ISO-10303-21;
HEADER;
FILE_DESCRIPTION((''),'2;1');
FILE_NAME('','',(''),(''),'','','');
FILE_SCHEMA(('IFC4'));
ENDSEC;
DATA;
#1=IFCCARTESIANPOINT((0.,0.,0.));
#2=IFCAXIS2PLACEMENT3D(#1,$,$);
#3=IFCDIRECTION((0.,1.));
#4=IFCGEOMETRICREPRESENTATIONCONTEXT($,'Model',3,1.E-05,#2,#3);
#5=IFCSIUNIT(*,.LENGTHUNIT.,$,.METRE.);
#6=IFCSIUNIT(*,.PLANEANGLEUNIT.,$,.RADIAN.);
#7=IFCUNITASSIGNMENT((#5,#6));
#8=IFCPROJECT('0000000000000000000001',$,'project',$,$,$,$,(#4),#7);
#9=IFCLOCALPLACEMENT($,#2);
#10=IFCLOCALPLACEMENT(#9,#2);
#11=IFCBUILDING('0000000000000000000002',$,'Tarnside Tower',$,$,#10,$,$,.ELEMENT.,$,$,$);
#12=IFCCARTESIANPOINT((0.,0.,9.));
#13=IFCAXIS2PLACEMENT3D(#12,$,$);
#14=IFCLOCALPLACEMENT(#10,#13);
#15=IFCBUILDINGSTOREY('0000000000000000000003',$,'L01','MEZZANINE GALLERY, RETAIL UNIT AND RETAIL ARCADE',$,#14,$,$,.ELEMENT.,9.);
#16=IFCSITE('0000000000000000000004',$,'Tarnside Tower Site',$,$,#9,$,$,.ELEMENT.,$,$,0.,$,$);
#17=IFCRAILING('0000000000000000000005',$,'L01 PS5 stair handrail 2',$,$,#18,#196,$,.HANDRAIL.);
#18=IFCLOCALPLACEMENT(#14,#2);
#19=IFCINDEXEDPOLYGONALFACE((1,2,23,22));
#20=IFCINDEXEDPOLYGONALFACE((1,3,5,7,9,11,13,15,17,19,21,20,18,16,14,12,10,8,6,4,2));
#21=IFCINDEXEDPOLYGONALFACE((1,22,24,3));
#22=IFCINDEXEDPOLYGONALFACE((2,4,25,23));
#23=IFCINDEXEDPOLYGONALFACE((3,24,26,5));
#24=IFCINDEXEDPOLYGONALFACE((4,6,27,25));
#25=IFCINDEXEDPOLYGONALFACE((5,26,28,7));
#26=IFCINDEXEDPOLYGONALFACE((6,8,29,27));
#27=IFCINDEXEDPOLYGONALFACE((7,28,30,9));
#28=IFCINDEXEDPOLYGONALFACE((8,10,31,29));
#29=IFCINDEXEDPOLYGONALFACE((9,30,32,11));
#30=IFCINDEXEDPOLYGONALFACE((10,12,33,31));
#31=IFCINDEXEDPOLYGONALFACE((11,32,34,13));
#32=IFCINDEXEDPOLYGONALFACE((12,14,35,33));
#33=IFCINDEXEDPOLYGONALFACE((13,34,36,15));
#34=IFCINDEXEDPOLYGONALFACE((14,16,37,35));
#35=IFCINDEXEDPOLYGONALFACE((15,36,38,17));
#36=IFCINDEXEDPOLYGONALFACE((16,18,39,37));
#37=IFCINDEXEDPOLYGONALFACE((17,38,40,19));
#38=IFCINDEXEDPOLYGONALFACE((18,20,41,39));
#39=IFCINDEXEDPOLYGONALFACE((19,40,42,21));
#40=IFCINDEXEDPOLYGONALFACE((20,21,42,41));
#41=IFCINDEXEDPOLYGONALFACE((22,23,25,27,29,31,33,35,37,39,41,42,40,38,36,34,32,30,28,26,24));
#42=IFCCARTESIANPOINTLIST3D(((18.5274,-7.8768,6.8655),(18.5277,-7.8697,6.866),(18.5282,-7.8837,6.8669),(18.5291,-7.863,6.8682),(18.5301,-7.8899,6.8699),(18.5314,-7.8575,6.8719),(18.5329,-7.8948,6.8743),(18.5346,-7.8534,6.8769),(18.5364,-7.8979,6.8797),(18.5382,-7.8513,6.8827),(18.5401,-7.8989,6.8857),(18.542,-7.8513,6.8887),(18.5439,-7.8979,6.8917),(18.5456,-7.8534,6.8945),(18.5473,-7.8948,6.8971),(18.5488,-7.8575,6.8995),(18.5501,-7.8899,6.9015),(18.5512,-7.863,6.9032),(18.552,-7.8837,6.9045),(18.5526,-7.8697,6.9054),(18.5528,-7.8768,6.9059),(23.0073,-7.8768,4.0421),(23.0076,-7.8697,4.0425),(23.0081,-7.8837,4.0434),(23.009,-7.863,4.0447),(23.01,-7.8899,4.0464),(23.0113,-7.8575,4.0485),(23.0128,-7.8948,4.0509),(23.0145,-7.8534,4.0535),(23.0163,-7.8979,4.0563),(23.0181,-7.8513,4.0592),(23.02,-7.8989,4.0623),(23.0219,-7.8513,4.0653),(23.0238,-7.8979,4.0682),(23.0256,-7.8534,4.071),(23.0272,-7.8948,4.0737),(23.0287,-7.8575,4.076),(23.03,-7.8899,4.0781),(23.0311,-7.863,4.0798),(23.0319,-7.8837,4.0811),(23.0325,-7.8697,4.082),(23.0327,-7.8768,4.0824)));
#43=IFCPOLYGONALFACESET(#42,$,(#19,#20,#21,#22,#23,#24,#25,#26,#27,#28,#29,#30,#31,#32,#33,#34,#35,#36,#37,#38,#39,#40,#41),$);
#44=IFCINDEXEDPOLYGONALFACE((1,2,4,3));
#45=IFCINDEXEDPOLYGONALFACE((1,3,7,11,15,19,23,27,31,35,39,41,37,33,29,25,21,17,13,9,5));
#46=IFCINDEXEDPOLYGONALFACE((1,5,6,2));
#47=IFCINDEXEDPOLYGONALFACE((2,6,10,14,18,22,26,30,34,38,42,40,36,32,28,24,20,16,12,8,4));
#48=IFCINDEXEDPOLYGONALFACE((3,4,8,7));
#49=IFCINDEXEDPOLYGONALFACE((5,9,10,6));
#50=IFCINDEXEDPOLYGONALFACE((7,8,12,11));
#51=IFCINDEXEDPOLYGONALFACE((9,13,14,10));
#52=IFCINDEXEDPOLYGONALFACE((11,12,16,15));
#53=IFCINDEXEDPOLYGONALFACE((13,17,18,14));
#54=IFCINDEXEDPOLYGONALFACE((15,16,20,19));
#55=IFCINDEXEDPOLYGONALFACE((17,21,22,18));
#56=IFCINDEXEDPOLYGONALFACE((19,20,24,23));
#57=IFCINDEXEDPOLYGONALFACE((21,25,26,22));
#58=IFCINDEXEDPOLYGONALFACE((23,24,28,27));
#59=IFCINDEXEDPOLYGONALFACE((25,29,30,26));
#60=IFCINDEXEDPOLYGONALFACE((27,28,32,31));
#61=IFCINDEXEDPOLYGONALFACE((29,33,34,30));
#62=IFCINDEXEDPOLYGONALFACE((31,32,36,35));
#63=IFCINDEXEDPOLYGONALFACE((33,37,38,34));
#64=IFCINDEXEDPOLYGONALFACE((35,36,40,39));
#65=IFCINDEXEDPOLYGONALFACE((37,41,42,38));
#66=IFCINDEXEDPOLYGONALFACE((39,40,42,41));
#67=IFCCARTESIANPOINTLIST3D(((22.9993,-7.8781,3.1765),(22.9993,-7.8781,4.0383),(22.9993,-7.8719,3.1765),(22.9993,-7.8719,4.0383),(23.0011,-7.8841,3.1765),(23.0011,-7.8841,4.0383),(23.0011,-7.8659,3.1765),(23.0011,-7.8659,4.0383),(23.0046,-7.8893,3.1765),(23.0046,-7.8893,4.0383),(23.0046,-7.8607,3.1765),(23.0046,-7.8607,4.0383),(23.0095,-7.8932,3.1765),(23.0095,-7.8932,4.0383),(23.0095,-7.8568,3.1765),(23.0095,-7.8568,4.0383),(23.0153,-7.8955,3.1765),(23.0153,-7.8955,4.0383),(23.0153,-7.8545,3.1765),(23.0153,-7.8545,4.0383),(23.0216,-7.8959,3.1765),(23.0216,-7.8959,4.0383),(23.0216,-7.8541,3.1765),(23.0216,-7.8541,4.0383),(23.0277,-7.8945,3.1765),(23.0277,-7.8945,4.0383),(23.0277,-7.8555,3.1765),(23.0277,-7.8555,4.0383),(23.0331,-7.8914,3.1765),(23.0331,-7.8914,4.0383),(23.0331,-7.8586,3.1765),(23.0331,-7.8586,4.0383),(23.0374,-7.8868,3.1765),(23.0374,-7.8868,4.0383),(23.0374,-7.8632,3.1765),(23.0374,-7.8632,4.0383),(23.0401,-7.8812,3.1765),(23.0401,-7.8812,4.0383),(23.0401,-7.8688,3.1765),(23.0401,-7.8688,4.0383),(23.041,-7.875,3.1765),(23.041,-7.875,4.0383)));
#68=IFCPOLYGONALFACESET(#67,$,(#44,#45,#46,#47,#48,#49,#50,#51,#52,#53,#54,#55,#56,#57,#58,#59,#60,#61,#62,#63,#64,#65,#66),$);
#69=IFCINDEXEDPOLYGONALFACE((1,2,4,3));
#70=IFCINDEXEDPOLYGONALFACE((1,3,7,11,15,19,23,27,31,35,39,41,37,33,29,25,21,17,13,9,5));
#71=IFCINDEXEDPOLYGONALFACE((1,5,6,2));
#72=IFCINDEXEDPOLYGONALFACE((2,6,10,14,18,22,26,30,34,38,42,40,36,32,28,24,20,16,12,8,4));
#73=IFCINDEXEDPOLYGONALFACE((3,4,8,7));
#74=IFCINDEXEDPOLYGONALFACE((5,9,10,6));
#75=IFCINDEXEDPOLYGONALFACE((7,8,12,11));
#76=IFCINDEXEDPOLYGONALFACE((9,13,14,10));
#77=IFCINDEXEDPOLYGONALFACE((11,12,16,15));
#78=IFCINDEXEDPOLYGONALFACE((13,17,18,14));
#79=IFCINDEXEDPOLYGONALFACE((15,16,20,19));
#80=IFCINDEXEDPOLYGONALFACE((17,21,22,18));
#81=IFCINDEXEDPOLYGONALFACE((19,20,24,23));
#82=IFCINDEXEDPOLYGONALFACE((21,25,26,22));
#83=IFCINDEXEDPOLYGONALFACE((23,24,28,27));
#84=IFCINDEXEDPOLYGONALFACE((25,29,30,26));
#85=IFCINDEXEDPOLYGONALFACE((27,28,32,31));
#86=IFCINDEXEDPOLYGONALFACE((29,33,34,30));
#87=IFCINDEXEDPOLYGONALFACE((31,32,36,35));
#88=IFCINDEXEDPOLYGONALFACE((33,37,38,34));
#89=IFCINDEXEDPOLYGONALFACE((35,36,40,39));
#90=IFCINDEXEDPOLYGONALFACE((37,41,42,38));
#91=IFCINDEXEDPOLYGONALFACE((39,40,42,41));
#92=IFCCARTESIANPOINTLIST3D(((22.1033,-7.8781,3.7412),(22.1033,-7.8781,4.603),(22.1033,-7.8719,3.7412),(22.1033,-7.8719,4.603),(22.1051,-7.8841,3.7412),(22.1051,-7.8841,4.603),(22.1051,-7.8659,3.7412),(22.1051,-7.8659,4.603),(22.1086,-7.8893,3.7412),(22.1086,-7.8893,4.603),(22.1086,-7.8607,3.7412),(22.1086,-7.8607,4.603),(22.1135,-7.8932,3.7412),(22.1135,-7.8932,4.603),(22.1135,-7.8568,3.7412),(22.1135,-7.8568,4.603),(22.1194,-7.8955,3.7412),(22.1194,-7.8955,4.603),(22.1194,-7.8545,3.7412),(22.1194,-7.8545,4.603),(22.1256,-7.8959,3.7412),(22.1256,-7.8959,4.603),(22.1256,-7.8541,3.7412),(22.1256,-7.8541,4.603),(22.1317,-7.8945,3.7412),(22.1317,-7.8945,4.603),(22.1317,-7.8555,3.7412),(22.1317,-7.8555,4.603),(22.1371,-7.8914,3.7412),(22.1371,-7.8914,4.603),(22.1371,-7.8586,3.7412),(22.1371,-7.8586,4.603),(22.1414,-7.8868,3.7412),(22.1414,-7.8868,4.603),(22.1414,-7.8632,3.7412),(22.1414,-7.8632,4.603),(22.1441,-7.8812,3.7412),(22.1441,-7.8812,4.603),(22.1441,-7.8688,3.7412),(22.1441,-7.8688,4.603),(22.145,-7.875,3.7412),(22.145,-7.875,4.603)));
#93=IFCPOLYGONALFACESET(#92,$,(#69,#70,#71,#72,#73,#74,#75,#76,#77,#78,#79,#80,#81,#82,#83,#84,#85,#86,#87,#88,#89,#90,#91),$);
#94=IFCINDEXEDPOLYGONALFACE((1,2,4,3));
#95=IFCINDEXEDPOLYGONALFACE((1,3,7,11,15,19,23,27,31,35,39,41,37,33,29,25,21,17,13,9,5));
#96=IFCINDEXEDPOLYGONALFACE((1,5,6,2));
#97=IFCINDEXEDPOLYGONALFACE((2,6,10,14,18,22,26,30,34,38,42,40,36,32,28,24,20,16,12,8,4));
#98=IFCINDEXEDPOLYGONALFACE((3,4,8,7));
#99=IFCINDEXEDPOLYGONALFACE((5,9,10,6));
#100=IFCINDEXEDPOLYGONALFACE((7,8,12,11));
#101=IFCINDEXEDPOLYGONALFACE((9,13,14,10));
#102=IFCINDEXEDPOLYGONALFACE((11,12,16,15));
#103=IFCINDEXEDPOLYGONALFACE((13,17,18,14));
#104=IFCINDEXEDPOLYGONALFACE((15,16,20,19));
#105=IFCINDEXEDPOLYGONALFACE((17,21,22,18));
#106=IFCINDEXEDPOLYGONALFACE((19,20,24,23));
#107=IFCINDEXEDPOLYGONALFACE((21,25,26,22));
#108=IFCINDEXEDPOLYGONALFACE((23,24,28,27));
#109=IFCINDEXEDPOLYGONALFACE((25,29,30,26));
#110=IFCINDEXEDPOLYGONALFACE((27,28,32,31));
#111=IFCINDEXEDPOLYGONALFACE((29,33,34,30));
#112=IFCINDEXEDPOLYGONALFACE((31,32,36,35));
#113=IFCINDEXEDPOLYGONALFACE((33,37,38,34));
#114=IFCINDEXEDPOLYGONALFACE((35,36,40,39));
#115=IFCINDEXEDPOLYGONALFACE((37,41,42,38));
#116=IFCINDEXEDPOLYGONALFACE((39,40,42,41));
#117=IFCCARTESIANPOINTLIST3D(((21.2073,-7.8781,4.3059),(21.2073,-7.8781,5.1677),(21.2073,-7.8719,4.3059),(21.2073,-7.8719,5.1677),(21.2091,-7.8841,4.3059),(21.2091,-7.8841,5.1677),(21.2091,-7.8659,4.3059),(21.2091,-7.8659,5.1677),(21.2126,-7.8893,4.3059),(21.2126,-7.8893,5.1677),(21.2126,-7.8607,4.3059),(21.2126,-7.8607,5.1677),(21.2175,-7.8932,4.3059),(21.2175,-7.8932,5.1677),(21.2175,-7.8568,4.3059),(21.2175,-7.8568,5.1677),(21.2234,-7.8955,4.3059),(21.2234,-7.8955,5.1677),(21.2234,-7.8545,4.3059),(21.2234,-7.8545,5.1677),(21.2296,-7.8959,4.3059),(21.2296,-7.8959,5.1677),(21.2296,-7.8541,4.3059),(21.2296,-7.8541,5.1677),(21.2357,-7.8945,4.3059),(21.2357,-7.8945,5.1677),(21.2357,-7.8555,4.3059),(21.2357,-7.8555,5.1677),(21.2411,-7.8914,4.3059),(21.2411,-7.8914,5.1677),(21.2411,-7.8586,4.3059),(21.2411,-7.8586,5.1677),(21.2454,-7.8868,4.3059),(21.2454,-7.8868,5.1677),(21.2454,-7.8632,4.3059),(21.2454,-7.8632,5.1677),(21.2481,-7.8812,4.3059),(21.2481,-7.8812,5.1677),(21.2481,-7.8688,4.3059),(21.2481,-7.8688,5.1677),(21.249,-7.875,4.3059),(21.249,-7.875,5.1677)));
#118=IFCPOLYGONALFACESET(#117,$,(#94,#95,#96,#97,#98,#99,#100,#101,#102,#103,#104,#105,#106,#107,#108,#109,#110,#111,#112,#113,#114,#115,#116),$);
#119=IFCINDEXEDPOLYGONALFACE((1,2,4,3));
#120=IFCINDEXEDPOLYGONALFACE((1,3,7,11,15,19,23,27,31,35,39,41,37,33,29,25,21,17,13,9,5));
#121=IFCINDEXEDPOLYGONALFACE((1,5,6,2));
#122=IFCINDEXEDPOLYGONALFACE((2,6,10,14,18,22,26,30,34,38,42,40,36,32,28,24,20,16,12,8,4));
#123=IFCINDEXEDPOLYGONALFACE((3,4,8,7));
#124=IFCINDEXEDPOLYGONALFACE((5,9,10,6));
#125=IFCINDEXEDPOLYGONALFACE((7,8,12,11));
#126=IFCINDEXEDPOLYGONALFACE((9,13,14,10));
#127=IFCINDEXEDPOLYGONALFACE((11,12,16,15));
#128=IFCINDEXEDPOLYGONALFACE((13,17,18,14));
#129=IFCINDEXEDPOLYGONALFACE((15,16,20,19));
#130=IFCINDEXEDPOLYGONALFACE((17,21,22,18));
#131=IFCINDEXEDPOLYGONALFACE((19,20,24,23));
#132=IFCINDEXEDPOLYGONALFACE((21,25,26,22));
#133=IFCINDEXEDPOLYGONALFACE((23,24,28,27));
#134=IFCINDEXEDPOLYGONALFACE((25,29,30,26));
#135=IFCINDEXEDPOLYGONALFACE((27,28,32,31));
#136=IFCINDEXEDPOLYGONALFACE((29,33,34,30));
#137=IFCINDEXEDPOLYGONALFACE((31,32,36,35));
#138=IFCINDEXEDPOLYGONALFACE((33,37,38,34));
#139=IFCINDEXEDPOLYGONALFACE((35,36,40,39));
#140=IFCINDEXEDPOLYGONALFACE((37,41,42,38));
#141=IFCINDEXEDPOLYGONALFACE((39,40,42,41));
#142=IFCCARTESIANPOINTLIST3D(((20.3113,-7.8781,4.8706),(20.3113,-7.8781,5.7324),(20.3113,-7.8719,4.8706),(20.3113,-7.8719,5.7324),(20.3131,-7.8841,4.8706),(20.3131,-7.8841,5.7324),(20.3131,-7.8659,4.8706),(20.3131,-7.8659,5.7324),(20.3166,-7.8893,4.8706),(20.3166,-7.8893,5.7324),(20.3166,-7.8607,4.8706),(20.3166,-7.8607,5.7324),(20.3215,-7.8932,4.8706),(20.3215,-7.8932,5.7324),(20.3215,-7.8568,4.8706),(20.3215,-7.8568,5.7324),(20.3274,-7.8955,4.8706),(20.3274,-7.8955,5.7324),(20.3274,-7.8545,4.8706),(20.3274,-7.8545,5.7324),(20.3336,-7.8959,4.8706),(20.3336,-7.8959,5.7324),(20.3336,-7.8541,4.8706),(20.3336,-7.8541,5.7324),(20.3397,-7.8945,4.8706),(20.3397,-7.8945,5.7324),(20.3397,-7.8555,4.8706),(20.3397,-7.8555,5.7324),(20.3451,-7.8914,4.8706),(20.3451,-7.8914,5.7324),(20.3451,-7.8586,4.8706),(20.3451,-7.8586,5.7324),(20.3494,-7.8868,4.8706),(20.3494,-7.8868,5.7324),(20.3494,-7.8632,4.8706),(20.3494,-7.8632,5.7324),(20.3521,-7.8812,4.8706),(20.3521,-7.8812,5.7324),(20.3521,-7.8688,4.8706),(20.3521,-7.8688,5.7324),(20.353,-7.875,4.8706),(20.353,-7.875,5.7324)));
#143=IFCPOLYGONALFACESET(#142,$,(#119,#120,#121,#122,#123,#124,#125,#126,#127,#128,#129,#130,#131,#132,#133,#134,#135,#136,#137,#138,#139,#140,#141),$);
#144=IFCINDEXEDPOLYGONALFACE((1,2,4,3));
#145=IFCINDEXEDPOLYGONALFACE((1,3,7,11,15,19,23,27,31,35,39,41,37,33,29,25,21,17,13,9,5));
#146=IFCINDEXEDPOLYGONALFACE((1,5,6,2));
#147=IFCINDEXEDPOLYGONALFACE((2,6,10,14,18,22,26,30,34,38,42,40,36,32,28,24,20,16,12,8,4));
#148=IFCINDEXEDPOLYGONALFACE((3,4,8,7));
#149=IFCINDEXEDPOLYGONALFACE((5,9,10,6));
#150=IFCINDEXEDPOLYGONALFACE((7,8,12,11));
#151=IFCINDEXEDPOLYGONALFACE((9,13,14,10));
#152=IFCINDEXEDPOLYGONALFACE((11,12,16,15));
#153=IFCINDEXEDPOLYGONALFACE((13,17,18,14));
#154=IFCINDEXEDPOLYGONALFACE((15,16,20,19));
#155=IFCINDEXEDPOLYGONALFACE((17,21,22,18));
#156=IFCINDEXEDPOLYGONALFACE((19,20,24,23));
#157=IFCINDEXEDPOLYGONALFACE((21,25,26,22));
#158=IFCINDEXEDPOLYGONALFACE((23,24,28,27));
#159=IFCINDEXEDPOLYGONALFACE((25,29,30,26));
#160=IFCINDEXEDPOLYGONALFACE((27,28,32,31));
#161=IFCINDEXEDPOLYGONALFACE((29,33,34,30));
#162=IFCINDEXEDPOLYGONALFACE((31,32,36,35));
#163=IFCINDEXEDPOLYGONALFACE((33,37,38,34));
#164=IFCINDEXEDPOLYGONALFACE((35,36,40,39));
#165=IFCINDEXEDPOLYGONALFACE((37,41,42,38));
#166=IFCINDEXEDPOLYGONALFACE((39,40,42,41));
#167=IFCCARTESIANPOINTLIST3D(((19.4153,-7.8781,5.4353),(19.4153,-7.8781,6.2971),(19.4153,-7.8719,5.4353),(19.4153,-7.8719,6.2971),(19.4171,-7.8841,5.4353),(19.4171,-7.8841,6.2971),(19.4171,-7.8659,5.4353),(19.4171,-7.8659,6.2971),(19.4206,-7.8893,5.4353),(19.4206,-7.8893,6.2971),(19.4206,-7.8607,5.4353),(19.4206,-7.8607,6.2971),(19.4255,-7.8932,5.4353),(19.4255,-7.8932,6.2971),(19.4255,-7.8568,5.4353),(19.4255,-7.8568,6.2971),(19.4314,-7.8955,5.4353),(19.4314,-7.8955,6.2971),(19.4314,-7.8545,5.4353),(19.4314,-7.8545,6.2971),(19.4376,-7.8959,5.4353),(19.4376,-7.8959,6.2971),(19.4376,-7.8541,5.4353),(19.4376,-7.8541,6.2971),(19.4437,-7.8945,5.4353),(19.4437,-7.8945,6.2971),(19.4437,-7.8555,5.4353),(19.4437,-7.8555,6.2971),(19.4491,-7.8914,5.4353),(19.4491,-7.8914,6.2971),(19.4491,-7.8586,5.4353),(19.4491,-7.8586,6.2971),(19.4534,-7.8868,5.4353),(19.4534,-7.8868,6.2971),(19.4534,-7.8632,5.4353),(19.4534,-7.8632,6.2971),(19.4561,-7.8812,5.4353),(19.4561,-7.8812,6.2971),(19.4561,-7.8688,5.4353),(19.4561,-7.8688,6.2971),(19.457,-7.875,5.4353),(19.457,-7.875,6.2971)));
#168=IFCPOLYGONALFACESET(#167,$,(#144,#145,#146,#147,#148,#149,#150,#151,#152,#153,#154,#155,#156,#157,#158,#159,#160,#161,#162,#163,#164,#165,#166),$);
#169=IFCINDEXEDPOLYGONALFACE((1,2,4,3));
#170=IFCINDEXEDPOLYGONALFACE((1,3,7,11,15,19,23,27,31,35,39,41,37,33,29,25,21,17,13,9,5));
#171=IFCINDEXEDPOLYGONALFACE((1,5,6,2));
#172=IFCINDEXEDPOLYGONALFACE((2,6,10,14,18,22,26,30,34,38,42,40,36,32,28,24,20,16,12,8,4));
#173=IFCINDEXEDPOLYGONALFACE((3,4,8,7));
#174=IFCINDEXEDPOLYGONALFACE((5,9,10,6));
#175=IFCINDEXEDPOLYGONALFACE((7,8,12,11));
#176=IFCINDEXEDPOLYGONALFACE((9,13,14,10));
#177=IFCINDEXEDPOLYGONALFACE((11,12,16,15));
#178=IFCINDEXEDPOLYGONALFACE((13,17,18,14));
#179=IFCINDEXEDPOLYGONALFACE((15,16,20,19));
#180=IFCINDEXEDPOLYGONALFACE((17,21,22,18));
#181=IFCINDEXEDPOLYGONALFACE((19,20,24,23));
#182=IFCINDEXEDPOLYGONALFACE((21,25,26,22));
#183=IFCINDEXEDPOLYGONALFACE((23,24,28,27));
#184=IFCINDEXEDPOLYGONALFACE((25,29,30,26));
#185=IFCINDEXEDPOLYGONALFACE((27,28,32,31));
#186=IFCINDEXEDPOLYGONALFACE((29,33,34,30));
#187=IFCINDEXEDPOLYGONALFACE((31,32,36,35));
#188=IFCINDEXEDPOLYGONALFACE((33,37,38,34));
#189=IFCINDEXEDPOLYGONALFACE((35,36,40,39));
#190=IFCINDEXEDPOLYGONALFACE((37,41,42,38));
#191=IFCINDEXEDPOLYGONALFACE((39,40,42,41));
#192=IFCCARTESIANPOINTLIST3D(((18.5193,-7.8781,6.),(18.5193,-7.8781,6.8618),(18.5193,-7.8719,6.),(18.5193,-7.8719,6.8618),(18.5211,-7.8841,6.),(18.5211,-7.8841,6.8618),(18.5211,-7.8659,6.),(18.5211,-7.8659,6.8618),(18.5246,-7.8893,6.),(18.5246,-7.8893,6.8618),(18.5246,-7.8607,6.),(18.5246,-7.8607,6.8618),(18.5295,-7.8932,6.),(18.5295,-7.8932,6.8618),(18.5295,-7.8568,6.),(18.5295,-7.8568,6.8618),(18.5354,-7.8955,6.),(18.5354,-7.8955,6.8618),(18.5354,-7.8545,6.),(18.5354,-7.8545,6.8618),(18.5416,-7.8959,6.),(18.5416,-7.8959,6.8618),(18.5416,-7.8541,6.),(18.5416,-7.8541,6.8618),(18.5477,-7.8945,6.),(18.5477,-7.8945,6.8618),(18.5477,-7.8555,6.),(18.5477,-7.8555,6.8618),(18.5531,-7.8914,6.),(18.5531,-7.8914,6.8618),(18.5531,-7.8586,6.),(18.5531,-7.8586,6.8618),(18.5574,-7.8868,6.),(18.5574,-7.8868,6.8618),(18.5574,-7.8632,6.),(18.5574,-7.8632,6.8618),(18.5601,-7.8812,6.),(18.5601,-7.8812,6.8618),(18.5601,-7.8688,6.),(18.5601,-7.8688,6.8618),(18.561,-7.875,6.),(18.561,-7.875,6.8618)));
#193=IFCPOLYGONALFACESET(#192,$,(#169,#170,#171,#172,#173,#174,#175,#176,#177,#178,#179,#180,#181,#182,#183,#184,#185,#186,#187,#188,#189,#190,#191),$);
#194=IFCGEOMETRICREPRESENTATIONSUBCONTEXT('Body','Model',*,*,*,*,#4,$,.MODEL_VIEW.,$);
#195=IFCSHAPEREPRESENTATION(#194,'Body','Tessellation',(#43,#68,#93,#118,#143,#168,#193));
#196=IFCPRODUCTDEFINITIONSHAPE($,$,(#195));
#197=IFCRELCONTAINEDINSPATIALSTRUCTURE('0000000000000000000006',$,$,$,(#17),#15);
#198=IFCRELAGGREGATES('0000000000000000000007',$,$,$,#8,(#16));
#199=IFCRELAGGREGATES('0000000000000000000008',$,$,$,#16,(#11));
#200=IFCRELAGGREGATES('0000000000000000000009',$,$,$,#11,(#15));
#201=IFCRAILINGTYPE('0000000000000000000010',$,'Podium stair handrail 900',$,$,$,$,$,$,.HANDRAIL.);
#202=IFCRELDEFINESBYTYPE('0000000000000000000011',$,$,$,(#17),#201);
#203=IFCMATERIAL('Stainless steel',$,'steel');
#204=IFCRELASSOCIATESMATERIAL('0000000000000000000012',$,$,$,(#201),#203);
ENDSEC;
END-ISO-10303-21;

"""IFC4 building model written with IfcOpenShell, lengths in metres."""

from ifc_helpers import new_model, si_unit, direction, frame, origin, origin_2d, place, context, subcontext, project, spatial, circle, extrude, material, type_object, element, save


model = new_model("IFC4")

# Units and contexts
model_context = context("Model", 3, precision=1e-05, world=origin(), true_north=direction((0.0, 1.0)))
body_context = subcontext(model_context, "Body", "Model", "MODEL_VIEW")
ifc_project = project(units=[si_unit("LENGTHUNIT", "METRE"), si_unit("PLANEANGLEUNIT", "RADIAN")], contexts=[model_context])

# Site, building, storey
site_placement = place(None, origin())
site = spatial("IfcSite", under=ifc_project, at=site_placement, Name="Tarnside Tower Site", CompositionType="ELEMENT", RefElevation=0.0)
building_placement = place(site_placement, origin())
building = spatial("IfcBuilding", under=site, at=building_placement, Name="Tarnside Tower", CompositionType="ELEMENT")
storey_placement = place(building_placement, frame((0.0, 0.0, 9.0)))
storey = spatial("IfcBuildingStorey", under=building, at=storey_placement, Name="L01", Description="MEZZANINE GALLERY, RETAIL UNIT AND RETAIL ARCADE", CompositionType="ELEMENT", Elevation=9.0)

# Railing
ifc_material_1 = material(Name="Stainless steel", Category="steel")
railing_type_1 = type_object("IfcRailingType", Name="Podium stair handrail 900", PredefinedType="HANDRAIL", material=ifc_material_1)
railing_1_placement = place(storey_placement, frame((23.02, -7.875, 3.1765)))
element("IfcRailing", 1, at=railing_1_placement, inside=storey, type_object=railing_type_1, Name="L01 PS5 stair handrail 2", PredefinedType="HANDRAIL", context=body_context, shape_type="SweptSolid", body=[
    extrude(circle(Radius=0.0239, at=origin_2d()), frame((0.0, 0.0, 0.8857), z_axis=(-0.845998, 0.0, 0.533186), x_axis=(0.0, -1.0, 0.0)), (0.0, 0.0, 1.0), 5.2954),
    extrude(circle(Radius=0.021, at=origin_2d()), origin(), (0.0, 0.0, 1.0), 0.8618),
    extrude(circle(Radius=0.021, at=origin_2d()), frame((-0.896, 0.0, 0.5647)), (0.0, 0.0, 1.0), 0.8618),
    extrude(circle(Radius=0.021, at=origin_2d()), frame((-1.792, 0.0, 1.1294)), (0.0, 0.0, 1.0), 0.8618),
    extrude(circle(Radius=0.021, at=origin_2d()), frame((-2.688, 0.0, 1.6941)), (0.0, 0.0, 1.0), 0.8618),
    extrude(circle(Radius=0.021, at=origin_2d()), frame((-3.584, 0.0, 2.2588)), (0.0, 0.0, 1.0), 0.8618),
    extrude(circle(Radius=0.021, at=origin_2d()), frame((-4.48, 0.0, 2.8235)), (0.0, 0.0, 1.0), 0.8618),
])

save(model, "model.ifc")
